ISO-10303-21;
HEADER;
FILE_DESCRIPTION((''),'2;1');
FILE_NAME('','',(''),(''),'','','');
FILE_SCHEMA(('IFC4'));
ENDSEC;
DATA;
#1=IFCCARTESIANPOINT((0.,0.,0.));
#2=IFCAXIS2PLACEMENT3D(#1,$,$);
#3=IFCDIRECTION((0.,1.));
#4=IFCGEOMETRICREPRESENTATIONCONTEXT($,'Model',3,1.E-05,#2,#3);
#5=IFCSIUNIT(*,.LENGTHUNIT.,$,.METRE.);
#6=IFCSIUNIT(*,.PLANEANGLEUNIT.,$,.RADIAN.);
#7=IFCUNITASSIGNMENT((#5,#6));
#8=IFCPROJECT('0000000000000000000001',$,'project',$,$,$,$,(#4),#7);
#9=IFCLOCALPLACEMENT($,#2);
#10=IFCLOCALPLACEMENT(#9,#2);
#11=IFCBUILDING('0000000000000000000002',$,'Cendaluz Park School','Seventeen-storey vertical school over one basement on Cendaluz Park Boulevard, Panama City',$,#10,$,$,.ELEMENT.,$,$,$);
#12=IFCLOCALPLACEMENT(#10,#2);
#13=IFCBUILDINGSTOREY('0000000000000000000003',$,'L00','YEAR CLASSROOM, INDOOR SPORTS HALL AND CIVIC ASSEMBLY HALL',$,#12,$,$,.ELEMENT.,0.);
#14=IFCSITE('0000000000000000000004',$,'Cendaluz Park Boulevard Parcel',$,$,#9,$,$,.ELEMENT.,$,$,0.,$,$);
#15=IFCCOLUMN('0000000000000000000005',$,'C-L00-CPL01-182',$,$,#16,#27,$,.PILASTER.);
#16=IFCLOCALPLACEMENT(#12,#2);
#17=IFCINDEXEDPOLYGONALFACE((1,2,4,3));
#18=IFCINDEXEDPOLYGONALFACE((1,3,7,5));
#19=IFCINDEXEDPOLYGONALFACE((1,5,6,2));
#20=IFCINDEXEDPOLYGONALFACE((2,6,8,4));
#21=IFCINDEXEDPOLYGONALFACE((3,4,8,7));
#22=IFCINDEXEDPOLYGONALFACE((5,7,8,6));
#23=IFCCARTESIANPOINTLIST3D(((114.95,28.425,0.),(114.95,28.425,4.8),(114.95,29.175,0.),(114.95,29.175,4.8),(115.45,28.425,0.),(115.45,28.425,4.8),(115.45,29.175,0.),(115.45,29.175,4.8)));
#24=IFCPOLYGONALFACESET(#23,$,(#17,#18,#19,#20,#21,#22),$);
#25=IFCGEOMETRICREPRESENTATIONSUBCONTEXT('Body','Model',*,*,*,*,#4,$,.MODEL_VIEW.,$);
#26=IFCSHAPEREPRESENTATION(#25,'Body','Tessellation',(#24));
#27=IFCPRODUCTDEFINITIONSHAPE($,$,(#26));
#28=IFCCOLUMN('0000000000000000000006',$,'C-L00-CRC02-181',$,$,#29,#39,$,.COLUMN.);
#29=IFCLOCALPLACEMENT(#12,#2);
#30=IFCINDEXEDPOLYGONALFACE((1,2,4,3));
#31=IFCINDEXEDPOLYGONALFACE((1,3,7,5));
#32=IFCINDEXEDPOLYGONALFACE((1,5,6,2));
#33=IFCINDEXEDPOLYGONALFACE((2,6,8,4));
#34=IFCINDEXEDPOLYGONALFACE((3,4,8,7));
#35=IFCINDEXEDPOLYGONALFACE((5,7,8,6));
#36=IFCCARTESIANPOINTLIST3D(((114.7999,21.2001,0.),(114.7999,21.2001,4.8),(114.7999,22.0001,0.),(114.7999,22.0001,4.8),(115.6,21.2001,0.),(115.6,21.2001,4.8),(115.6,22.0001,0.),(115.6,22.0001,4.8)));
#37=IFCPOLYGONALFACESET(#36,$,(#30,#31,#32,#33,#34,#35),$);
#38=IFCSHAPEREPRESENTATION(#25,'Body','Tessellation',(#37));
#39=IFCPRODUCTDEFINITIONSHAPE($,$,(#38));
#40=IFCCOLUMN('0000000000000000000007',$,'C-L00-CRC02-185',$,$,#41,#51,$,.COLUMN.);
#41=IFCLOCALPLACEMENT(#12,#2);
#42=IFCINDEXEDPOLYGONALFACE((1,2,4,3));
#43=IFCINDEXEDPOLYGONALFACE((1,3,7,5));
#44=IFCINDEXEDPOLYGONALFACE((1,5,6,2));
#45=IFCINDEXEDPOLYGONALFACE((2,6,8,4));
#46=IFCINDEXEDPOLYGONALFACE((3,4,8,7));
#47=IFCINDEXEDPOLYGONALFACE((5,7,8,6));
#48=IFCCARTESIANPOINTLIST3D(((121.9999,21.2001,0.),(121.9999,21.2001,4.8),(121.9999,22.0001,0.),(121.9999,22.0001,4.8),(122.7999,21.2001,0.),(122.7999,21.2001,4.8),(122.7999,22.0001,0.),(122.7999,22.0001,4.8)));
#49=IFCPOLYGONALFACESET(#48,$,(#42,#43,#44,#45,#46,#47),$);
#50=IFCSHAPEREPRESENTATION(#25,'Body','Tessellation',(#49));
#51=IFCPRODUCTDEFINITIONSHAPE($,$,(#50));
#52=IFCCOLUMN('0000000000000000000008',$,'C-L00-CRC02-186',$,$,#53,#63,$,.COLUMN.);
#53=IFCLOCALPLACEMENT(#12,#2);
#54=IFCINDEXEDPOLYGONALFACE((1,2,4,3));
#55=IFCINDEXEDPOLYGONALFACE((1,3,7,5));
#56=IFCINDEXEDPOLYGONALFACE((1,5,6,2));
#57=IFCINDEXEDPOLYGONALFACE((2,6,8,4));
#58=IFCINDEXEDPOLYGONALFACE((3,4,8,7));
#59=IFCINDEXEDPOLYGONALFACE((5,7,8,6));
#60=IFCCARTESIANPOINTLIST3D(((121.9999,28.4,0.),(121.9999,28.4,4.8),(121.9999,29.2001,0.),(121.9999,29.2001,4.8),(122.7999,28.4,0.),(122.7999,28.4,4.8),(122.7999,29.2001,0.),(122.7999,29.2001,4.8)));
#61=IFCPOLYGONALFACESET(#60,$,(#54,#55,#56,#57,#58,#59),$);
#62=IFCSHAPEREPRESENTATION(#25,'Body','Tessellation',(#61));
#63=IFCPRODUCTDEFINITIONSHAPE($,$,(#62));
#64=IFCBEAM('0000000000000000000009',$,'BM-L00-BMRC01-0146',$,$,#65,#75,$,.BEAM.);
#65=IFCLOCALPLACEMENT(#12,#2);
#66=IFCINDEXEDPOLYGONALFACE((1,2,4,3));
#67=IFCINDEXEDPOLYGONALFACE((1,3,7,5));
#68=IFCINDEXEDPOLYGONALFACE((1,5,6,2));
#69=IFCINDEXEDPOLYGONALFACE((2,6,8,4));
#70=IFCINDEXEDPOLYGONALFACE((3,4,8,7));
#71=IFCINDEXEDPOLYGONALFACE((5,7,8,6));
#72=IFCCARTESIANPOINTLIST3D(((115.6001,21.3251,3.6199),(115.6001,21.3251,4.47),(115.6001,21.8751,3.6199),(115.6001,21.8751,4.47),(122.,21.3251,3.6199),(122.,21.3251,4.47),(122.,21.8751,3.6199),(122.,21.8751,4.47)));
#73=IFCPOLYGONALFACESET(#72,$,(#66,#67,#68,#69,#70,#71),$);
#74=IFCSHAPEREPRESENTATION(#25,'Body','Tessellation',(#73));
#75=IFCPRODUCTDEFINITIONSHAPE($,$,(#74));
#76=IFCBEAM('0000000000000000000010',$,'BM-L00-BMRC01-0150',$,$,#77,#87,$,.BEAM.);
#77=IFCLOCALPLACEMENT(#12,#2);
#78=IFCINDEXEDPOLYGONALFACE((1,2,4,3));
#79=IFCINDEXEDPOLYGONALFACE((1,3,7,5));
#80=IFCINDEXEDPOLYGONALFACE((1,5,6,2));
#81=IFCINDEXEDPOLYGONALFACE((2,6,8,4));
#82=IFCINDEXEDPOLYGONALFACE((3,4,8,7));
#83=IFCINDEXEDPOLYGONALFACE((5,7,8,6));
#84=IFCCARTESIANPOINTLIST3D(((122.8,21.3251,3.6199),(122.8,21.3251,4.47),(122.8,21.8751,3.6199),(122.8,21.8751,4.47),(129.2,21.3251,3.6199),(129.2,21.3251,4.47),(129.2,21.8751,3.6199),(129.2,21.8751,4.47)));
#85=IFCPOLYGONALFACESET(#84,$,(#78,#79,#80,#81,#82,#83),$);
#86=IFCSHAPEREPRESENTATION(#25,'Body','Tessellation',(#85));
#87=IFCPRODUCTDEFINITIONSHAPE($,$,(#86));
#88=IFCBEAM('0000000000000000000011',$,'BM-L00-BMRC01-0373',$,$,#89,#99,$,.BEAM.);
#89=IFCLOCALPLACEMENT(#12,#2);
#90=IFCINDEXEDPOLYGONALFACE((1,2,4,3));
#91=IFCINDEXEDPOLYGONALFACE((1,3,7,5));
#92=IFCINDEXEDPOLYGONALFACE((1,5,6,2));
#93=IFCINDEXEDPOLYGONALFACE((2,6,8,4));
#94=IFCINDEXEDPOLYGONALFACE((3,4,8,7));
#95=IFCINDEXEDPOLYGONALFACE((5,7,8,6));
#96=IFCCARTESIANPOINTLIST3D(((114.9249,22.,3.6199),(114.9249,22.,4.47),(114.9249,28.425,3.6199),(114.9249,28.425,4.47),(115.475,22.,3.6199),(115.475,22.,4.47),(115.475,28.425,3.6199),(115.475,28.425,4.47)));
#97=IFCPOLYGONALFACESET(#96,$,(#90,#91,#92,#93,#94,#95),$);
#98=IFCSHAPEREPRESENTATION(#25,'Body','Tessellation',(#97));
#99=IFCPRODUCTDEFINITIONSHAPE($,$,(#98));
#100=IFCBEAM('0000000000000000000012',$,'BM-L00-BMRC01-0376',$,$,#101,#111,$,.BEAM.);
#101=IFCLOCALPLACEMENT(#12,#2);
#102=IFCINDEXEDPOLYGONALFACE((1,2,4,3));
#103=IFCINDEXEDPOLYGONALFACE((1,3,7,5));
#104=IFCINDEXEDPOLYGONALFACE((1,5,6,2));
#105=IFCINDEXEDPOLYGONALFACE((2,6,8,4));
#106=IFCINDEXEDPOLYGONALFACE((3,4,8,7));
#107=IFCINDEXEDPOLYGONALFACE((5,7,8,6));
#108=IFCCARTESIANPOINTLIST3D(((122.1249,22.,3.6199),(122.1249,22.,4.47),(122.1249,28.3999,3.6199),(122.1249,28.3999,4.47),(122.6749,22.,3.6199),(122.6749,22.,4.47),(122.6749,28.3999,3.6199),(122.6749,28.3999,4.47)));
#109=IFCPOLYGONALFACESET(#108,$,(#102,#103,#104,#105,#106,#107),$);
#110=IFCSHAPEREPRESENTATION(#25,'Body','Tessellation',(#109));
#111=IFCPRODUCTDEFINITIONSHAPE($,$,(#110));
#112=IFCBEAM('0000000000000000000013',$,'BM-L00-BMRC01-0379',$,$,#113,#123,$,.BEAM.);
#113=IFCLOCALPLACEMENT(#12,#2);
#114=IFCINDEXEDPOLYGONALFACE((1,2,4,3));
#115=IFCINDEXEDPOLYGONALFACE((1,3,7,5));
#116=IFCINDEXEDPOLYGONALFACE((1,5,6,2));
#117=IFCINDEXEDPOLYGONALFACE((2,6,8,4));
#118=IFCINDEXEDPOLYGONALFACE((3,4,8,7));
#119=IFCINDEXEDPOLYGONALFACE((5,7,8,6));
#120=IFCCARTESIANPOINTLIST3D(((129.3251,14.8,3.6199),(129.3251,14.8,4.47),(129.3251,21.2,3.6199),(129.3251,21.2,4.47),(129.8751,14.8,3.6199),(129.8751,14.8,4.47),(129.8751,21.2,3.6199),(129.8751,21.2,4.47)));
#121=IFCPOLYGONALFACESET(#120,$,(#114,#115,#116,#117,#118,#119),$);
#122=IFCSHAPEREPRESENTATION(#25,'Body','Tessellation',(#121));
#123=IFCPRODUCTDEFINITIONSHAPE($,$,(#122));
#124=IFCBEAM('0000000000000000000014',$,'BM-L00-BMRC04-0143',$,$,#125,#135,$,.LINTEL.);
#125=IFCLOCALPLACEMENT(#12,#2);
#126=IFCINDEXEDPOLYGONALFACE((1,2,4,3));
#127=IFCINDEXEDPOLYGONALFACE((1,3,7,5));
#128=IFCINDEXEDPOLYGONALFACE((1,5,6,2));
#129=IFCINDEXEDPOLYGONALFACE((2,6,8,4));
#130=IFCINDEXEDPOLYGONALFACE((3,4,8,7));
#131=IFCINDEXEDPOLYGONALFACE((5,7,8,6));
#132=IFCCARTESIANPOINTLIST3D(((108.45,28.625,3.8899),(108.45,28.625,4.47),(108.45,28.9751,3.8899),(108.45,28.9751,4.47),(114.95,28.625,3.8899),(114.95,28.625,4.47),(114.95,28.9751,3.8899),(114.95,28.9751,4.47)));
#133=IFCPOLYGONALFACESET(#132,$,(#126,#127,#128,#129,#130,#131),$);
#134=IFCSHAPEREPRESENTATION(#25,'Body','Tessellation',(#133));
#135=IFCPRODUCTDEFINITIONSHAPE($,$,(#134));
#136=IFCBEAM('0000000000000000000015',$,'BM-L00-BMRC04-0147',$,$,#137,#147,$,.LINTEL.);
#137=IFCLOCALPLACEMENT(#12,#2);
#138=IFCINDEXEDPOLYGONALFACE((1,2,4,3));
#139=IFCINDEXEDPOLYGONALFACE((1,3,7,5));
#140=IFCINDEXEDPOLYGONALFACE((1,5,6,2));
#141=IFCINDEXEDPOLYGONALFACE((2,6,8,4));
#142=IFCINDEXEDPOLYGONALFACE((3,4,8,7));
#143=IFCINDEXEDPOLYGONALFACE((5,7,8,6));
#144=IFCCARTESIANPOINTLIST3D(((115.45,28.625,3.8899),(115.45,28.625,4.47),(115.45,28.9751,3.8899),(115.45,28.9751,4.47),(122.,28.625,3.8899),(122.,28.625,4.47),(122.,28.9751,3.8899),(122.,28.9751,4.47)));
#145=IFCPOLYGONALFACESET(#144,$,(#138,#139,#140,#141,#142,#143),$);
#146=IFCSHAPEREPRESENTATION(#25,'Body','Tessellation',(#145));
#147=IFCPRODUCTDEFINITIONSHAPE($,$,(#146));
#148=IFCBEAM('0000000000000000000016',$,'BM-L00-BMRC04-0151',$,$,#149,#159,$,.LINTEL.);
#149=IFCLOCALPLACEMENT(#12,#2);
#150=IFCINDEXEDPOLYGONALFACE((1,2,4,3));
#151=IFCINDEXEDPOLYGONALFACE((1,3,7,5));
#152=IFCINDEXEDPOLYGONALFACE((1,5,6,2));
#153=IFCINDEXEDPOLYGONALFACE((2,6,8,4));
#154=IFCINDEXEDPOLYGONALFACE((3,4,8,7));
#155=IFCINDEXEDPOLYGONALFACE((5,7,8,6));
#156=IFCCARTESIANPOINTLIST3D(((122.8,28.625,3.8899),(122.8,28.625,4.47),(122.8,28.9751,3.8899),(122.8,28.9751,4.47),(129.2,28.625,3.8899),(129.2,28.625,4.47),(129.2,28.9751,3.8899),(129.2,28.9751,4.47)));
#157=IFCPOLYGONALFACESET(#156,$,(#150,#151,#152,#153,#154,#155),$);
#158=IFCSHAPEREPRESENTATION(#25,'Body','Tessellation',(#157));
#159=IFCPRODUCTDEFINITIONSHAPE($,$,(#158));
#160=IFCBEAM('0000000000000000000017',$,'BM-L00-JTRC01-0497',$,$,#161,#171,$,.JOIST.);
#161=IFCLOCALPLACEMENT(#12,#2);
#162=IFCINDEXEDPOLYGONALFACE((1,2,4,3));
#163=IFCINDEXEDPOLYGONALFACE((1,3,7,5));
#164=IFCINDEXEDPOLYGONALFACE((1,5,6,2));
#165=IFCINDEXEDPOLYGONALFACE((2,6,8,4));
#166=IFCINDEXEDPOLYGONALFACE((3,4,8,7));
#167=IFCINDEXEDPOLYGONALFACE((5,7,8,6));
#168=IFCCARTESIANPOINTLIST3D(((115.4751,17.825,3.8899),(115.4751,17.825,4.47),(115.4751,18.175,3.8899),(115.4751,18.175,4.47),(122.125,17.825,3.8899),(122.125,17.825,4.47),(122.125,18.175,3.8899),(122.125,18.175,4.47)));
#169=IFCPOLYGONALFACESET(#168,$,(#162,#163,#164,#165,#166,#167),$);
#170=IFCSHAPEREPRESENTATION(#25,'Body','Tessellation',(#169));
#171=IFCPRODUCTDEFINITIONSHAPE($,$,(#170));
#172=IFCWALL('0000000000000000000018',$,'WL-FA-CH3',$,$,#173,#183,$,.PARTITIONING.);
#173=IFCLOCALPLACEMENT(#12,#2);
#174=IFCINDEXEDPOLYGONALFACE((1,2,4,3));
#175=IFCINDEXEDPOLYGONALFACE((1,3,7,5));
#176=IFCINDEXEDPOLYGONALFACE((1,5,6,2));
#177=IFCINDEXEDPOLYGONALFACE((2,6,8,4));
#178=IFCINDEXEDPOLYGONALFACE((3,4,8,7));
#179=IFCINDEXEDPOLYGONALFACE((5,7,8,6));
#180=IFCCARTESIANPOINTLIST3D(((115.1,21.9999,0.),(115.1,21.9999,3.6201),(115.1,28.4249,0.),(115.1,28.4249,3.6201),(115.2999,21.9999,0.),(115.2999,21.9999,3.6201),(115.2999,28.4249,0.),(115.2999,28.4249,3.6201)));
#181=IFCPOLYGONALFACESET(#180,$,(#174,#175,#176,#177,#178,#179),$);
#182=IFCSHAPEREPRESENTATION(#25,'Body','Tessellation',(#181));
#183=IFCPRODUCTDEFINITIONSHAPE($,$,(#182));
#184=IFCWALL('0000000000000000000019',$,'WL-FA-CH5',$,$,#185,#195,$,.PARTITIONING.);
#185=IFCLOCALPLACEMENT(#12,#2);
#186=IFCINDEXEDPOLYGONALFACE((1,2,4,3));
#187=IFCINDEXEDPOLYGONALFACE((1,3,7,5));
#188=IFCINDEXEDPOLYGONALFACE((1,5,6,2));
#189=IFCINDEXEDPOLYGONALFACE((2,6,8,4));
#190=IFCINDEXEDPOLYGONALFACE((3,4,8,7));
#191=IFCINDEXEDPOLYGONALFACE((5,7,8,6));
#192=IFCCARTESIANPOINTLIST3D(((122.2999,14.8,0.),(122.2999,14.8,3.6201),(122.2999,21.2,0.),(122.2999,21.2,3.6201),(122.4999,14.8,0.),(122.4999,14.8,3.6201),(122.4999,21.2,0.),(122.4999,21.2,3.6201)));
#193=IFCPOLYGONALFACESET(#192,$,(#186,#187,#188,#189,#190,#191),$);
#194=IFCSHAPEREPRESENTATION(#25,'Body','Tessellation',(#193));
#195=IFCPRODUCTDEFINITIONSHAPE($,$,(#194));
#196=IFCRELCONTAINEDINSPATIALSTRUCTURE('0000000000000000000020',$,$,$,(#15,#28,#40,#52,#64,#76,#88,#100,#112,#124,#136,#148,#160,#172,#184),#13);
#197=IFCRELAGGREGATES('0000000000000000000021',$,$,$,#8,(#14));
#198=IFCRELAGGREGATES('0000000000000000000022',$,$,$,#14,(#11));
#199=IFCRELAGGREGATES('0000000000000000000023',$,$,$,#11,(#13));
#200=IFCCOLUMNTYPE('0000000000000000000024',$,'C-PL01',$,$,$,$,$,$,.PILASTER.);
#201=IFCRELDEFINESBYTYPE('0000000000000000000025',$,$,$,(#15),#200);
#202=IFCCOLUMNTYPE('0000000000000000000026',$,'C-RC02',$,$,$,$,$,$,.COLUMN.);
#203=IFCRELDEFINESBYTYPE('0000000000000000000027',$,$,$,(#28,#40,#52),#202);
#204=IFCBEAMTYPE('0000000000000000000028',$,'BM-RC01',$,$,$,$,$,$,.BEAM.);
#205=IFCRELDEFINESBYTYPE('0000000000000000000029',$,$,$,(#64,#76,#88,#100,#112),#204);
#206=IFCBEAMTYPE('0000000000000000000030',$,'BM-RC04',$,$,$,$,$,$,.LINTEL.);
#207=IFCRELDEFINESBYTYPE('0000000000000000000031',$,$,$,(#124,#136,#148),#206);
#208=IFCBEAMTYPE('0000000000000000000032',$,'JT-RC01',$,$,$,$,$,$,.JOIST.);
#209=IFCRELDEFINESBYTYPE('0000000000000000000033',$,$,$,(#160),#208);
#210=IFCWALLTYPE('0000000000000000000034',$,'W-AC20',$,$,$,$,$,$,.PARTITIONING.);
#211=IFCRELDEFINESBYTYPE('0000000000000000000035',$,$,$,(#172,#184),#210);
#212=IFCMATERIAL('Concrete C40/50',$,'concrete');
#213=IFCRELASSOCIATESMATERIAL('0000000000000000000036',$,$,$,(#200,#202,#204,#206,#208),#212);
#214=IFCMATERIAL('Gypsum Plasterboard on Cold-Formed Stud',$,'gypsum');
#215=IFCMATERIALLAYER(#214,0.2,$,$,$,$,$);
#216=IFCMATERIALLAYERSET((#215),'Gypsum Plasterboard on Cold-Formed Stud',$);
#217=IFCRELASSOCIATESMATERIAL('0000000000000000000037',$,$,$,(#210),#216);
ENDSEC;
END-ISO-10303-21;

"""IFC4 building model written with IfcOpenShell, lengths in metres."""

from ifc_helpers import new_model, si_unit, direction, frame, frame_2d, origin, origin_2d, place, context, subcontext, project, spatial, rectangle, extrude, material, layer, layer_set, material_profile, profile_set, type_object, element, save


model = new_model("IFC4")

# Units and contexts
model_context = context("Model", 3, precision=1e-05, world=origin(), true_north=direction((0.0, 1.0)))
body_context = subcontext(model_context, "Body", "Model", "MODEL_VIEW")
ifc_project = project(units=[si_unit("LENGTHUNIT", "METRE"), si_unit("PLANEANGLEUNIT", "RADIAN")], contexts=[model_context])

# Site, building, storey
site_placement = place(None, origin())
site = spatial("IfcSite", under=ifc_project, at=site_placement, Name="Cendaluz Park Boulevard Parcel", CompositionType="ELEMENT", RefElevation=0.0)
building_placement = place(site_placement, origin())
building = spatial("IfcBuilding", under=site, at=building_placement, Name="Cendaluz Park School", Description="Seventeen-storey vertical school over one basement on Cendaluz Park Boulevard, Panama City", CompositionType="ELEMENT")
storey_placement = place(building_placement, origin())
storey = spatial("IfcBuildingStorey", under=building, at=storey_placement, Name="L00", Description="YEAR CLASSROOM, INDOOR SPORTS HALL AND CIVIC ASSEMBLY HALL", CompositionType="ELEMENT", Elevation=0.0)

# Columns
ifc_material_1 = material(Name="Concrete C40/50", Category="concrete")
ifc_material_profile_1 = material_profile(ifc_material_1, rectangle(XDim=0.5, YDim=0.75, at=origin_2d()), Name="RC 500x750", Category="concrete")
ifc_profile_set_1 = profile_set([ifc_material_profile_1], Name="Concrete C40/50")
column_type_1 = type_object("IfcColumnType", Name="C-PL01", PredefinedType="PILASTER", material=ifc_profile_set_1)
column_placement = place(storey_placement, frame((115.2, 28.8, 0.0), z_axis=(0.0, 0.0, 1.0), x_axis=(1.0, 0.0, 0.0)))
element("IfcColumn", 1, at=column_placement, inside=storey, type_object=column_type_1, Name="C-L00-CPL01-182", PredefinedType="PILASTER", context=body_context, shape_type="SweptSolid", body=[
    extrude(rectangle(XDim=0.5, YDim=0.75, at=origin_2d()), origin(), (0.0, 0.0, 1.0), 4.8),
])
ifc_material_profile_2 = material_profile(ifc_material_1, rectangle(XDim=0.8, YDim=0.8, at=origin_2d()), Name="RC 800x800", Category="concrete")
ifc_profile_set_2 = profile_set([ifc_material_profile_2], Name="Concrete C40/50")
column_type_2 = type_object("IfcColumnType", Name="C-RC02", PredefinedType="COLUMN", material=ifc_profile_set_2)
for number, where, z_axis, x_axis, name in (
    (2, (115.2, 21.6001, 0.0), (0.0, 0.0, 1.0), (1.0, 0.0, 0.0), "C-L00-CRC02-181"),
    (3, (122.3999, 21.6001, 0.0), (0.0, 0.0, 1.0), (1.0, 0.0, 0.0), "C-L00-CRC02-185"),
    (4, (122.3999, 28.8, 0.0), (0.0, 0.0, 1.0), (1.0, 0.0, 0.0), "C-L00-CRC02-186"),
):
    element("IfcColumn", number, at=place(storey_placement, frame(where, z_axis=z_axis, x_axis=x_axis)), inside=storey, type_object=column_type_2, Name=name, PredefinedType="COLUMN", context=body_context, shape_type="SweptSolid", body=[
        extrude(rectangle(XDim=0.8, YDim=0.8, at=origin_2d()), origin(), (0.0, 0.0, 1.0), 4.8),
    ])

# Beams
ifc_material_profile_3 = material_profile(ifc_material_1, rectangle(XDim=0.55, YDim=0.8501, at=origin_2d()), Name="RC 550x850", Category="concrete")
ifc_profile_set_3 = profile_set([ifc_material_profile_3], Name="Concrete C40/50")
beam_type_1 = type_object("IfcBeamType", Name="BM-RC01", PredefinedType="BEAM", material=ifc_profile_set_3)
for number, where, z_axis, x_axis, name in (
    (5, (115.6001, 21.6001, 4.0449), (1.0, 0.0, 0.0), (0.0, 1.0, 0.0), "BM-L00-BMRC01-0146"),
    (6, (122.8, 21.6001, 4.0449), (1.0, 0.0, 0.0), (0.0, 1.0, 0.0), "BM-L00-BMRC01-0150"),
):
    element("IfcBeam", number, at=place(storey_placement, frame(where, z_axis=z_axis, x_axis=x_axis)), inside=storey, type_object=beam_type_1, Name=name, PredefinedType="BEAM", context=body_context, shape_type="SweptSolid", body=[
        extrude(rectangle(XDim=0.55, YDim=0.8501, at=origin_2d()), origin(), (0.0, 0.0, 1.0), 6.3999),
    ])
beam_1_placement = place(storey_placement, frame((115.2, 22.0, 4.0449), z_axis=(0.0, 1.0, 0.0), x_axis=(-1.0, 0.0, 0.0)))
element("IfcBeam", 7, at=beam_1_placement, inside=storey, type_object=beam_type_1, Name="BM-L00-BMRC01-0373", PredefinedType="BEAM", context=body_context, shape_type="SweptSolid", body=[
    extrude(rectangle(XDim=0.55, YDim=0.8501, at=origin_2d()), origin(), (0.0, 0.0, 1.0), 6.425),
])
for number, where, z_axis, x_axis, name in (
    (8, (122.3999, 22.0, 4.0449), (0.0, 1.0, 0.0), (-1.0, 0.0, 0.0), "BM-L00-BMRC01-0376"),
    (9, (129.6001, 14.8, 4.0449), (0.0, 1.0, 0.0), (-1.0, 0.0, 0.0), "BM-L00-BMRC01-0379"),
):
    element("IfcBeam", number, at=place(storey_placement, frame(where, z_axis=z_axis, x_axis=x_axis)), inside=storey, type_object=beam_type_1, Name=name, PredefinedType="BEAM", context=body_context, shape_type="SweptSolid", body=[
        extrude(rectangle(XDim=0.55, YDim=0.8501, at=origin_2d()), origin(), (0.0, 0.0, 1.0), 6.3999),
    ])
ifc_material_profile_4 = material_profile(ifc_material_1, rectangle(XDim=0.3501, YDim=0.5801, at=origin_2d()), Name="RC 350x580", Category="concrete")
ifc_profile_set_4 = profile_set([ifc_material_profile_4], Name="Concrete C40/50")
beam_type_2 = type_object("IfcBeamType", Name="BM-RC04", PredefinedType="LINTEL", material=ifc_profile_set_4)
beam_2_placement = place(storey_placement, frame((108.45, 28.8, 4.1799), z_axis=(1.0, 0.0, 0.0), x_axis=(0.0, 1.0, 0.0)))
element("IfcBeam", 10, at=beam_2_placement, inside=storey, type_object=beam_type_2, Name="BM-L00-BMRC04-0143", PredefinedType="LINTEL", context=body_context, shape_type="SweptSolid", body=[
    extrude(rectangle(XDim=0.3501, YDim=0.5801, at=origin_2d()), origin(), (0.0, 0.0, 1.0), 6.5),
])
beam_3_placement = place(storey_placement, frame((115.45, 28.8, 4.1799), z_axis=(1.0, 0.0, 0.0), x_axis=(0.0, 1.0, 0.0)))
element("IfcBeam", 11, at=beam_3_placement, inside=storey, type_object=beam_type_2, Name="BM-L00-BMRC04-0147", PredefinedType="LINTEL", context=body_context, shape_type="SweptSolid", body=[
    extrude(rectangle(XDim=0.3501, YDim=0.5801, at=origin_2d()), origin(), (0.0, 0.0, 1.0), 6.55),
])
beam_4_placement = place(storey_placement, frame((122.8, 28.8, 4.1799), z_axis=(1.0, 0.0, 0.0), x_axis=(0.0, 1.0, 0.0)))
element("IfcBeam", 12, at=beam_4_placement, inside=storey, type_object=beam_type_2, Name="BM-L00-BMRC04-0151", PredefinedType="LINTEL", context=body_context, shape_type="SweptSolid", body=[
    extrude(rectangle(XDim=0.3501, YDim=0.5801, at=origin_2d()), origin(), (0.0, 0.0, 1.0), 6.3999),
])
ifc_material_profile_5 = material_profile(ifc_material_1, rectangle(XDim=0.3501, YDim=0.5801, at=origin_2d()), Name="RC 350x580", Category="concrete")
ifc_profile_set_5 = profile_set([ifc_material_profile_5], Name="Concrete C40/50")
beam_type_3 = type_object("IfcBeamType", Name="JT-RC01", PredefinedType="JOIST", material=ifc_profile_set_5)
beam_5_placement = place(storey_placement, frame((115.4751, 18.0, 4.1799), z_axis=(1.0, 0.0, 0.0), x_axis=(0.0, 1.0, 0.0)))
element("IfcBeam", 13, at=beam_5_placement, inside=storey, type_object=beam_type_3, Name="BM-L00-JTRC01-0497", PredefinedType="JOIST", context=body_context, shape_type="SweptSolid", body=[
    extrude(rectangle(XDim=0.3501, YDim=0.5801, at=origin_2d()), origin(), (0.0, 0.0, 1.0), 6.6499),
])

# Walls
ifc_material_2 = material(Name="Gypsum Plasterboard on Cold-Formed Stud", Category="gypsum")
ifc_layer_1 = layer(ifc_material_2, 0.2)
ifc_layer_set_1 = layer_set([ifc_layer_1], Name="Gypsum Plasterboard on Cold-Formed Stud")
wall_type_1 = type_object("IfcWallType", Name="W-AC20", PredefinedType="PARTITIONING", material=ifc_layer_set_1)
wall_1_placement = place(storey_placement, frame((115.2, 22.0, 0.0), z_axis=(0.0, 0.0, 1.0), x_axis=(0.0, 1.0, 0.0)))
element("IfcWall", 14, at=wall_1_placement, inside=storey, type_object=wall_type_1, Name="WL-FA-CH3", PredefinedType="PARTITIONING", context=body_context, shape_type="SweptSolid", body=[
    extrude(rectangle(XDim=6.425, YDim=0.2, at=frame_2d((3.2124, 0.0))), origin(), (0.0, 0.0, 1.0), 3.6201),
])
for number, where, z_axis, x_axis, name in (
    (15, (122.3999, 14.8, 0.0), (0.0, 0.0, 1.0), (0.0, 1.0, 0.0), "WL-FA-CH5"),
):
    element("IfcWall", number, at=place(storey_placement, frame(where, z_axis=z_axis, x_axis=x_axis)), inside=storey, type_object=wall_type_1, Name=name, PredefinedType="PARTITIONING", context=body_context, shape_type="SweptSolid", body=[
        extrude(rectangle(XDim=6.3999, YDim=0.2, at=frame_2d((3.2, 0.0))), origin(), (0.0, 0.0, 1.0), 3.6201),
    ])

save(model, "model.ifc")
